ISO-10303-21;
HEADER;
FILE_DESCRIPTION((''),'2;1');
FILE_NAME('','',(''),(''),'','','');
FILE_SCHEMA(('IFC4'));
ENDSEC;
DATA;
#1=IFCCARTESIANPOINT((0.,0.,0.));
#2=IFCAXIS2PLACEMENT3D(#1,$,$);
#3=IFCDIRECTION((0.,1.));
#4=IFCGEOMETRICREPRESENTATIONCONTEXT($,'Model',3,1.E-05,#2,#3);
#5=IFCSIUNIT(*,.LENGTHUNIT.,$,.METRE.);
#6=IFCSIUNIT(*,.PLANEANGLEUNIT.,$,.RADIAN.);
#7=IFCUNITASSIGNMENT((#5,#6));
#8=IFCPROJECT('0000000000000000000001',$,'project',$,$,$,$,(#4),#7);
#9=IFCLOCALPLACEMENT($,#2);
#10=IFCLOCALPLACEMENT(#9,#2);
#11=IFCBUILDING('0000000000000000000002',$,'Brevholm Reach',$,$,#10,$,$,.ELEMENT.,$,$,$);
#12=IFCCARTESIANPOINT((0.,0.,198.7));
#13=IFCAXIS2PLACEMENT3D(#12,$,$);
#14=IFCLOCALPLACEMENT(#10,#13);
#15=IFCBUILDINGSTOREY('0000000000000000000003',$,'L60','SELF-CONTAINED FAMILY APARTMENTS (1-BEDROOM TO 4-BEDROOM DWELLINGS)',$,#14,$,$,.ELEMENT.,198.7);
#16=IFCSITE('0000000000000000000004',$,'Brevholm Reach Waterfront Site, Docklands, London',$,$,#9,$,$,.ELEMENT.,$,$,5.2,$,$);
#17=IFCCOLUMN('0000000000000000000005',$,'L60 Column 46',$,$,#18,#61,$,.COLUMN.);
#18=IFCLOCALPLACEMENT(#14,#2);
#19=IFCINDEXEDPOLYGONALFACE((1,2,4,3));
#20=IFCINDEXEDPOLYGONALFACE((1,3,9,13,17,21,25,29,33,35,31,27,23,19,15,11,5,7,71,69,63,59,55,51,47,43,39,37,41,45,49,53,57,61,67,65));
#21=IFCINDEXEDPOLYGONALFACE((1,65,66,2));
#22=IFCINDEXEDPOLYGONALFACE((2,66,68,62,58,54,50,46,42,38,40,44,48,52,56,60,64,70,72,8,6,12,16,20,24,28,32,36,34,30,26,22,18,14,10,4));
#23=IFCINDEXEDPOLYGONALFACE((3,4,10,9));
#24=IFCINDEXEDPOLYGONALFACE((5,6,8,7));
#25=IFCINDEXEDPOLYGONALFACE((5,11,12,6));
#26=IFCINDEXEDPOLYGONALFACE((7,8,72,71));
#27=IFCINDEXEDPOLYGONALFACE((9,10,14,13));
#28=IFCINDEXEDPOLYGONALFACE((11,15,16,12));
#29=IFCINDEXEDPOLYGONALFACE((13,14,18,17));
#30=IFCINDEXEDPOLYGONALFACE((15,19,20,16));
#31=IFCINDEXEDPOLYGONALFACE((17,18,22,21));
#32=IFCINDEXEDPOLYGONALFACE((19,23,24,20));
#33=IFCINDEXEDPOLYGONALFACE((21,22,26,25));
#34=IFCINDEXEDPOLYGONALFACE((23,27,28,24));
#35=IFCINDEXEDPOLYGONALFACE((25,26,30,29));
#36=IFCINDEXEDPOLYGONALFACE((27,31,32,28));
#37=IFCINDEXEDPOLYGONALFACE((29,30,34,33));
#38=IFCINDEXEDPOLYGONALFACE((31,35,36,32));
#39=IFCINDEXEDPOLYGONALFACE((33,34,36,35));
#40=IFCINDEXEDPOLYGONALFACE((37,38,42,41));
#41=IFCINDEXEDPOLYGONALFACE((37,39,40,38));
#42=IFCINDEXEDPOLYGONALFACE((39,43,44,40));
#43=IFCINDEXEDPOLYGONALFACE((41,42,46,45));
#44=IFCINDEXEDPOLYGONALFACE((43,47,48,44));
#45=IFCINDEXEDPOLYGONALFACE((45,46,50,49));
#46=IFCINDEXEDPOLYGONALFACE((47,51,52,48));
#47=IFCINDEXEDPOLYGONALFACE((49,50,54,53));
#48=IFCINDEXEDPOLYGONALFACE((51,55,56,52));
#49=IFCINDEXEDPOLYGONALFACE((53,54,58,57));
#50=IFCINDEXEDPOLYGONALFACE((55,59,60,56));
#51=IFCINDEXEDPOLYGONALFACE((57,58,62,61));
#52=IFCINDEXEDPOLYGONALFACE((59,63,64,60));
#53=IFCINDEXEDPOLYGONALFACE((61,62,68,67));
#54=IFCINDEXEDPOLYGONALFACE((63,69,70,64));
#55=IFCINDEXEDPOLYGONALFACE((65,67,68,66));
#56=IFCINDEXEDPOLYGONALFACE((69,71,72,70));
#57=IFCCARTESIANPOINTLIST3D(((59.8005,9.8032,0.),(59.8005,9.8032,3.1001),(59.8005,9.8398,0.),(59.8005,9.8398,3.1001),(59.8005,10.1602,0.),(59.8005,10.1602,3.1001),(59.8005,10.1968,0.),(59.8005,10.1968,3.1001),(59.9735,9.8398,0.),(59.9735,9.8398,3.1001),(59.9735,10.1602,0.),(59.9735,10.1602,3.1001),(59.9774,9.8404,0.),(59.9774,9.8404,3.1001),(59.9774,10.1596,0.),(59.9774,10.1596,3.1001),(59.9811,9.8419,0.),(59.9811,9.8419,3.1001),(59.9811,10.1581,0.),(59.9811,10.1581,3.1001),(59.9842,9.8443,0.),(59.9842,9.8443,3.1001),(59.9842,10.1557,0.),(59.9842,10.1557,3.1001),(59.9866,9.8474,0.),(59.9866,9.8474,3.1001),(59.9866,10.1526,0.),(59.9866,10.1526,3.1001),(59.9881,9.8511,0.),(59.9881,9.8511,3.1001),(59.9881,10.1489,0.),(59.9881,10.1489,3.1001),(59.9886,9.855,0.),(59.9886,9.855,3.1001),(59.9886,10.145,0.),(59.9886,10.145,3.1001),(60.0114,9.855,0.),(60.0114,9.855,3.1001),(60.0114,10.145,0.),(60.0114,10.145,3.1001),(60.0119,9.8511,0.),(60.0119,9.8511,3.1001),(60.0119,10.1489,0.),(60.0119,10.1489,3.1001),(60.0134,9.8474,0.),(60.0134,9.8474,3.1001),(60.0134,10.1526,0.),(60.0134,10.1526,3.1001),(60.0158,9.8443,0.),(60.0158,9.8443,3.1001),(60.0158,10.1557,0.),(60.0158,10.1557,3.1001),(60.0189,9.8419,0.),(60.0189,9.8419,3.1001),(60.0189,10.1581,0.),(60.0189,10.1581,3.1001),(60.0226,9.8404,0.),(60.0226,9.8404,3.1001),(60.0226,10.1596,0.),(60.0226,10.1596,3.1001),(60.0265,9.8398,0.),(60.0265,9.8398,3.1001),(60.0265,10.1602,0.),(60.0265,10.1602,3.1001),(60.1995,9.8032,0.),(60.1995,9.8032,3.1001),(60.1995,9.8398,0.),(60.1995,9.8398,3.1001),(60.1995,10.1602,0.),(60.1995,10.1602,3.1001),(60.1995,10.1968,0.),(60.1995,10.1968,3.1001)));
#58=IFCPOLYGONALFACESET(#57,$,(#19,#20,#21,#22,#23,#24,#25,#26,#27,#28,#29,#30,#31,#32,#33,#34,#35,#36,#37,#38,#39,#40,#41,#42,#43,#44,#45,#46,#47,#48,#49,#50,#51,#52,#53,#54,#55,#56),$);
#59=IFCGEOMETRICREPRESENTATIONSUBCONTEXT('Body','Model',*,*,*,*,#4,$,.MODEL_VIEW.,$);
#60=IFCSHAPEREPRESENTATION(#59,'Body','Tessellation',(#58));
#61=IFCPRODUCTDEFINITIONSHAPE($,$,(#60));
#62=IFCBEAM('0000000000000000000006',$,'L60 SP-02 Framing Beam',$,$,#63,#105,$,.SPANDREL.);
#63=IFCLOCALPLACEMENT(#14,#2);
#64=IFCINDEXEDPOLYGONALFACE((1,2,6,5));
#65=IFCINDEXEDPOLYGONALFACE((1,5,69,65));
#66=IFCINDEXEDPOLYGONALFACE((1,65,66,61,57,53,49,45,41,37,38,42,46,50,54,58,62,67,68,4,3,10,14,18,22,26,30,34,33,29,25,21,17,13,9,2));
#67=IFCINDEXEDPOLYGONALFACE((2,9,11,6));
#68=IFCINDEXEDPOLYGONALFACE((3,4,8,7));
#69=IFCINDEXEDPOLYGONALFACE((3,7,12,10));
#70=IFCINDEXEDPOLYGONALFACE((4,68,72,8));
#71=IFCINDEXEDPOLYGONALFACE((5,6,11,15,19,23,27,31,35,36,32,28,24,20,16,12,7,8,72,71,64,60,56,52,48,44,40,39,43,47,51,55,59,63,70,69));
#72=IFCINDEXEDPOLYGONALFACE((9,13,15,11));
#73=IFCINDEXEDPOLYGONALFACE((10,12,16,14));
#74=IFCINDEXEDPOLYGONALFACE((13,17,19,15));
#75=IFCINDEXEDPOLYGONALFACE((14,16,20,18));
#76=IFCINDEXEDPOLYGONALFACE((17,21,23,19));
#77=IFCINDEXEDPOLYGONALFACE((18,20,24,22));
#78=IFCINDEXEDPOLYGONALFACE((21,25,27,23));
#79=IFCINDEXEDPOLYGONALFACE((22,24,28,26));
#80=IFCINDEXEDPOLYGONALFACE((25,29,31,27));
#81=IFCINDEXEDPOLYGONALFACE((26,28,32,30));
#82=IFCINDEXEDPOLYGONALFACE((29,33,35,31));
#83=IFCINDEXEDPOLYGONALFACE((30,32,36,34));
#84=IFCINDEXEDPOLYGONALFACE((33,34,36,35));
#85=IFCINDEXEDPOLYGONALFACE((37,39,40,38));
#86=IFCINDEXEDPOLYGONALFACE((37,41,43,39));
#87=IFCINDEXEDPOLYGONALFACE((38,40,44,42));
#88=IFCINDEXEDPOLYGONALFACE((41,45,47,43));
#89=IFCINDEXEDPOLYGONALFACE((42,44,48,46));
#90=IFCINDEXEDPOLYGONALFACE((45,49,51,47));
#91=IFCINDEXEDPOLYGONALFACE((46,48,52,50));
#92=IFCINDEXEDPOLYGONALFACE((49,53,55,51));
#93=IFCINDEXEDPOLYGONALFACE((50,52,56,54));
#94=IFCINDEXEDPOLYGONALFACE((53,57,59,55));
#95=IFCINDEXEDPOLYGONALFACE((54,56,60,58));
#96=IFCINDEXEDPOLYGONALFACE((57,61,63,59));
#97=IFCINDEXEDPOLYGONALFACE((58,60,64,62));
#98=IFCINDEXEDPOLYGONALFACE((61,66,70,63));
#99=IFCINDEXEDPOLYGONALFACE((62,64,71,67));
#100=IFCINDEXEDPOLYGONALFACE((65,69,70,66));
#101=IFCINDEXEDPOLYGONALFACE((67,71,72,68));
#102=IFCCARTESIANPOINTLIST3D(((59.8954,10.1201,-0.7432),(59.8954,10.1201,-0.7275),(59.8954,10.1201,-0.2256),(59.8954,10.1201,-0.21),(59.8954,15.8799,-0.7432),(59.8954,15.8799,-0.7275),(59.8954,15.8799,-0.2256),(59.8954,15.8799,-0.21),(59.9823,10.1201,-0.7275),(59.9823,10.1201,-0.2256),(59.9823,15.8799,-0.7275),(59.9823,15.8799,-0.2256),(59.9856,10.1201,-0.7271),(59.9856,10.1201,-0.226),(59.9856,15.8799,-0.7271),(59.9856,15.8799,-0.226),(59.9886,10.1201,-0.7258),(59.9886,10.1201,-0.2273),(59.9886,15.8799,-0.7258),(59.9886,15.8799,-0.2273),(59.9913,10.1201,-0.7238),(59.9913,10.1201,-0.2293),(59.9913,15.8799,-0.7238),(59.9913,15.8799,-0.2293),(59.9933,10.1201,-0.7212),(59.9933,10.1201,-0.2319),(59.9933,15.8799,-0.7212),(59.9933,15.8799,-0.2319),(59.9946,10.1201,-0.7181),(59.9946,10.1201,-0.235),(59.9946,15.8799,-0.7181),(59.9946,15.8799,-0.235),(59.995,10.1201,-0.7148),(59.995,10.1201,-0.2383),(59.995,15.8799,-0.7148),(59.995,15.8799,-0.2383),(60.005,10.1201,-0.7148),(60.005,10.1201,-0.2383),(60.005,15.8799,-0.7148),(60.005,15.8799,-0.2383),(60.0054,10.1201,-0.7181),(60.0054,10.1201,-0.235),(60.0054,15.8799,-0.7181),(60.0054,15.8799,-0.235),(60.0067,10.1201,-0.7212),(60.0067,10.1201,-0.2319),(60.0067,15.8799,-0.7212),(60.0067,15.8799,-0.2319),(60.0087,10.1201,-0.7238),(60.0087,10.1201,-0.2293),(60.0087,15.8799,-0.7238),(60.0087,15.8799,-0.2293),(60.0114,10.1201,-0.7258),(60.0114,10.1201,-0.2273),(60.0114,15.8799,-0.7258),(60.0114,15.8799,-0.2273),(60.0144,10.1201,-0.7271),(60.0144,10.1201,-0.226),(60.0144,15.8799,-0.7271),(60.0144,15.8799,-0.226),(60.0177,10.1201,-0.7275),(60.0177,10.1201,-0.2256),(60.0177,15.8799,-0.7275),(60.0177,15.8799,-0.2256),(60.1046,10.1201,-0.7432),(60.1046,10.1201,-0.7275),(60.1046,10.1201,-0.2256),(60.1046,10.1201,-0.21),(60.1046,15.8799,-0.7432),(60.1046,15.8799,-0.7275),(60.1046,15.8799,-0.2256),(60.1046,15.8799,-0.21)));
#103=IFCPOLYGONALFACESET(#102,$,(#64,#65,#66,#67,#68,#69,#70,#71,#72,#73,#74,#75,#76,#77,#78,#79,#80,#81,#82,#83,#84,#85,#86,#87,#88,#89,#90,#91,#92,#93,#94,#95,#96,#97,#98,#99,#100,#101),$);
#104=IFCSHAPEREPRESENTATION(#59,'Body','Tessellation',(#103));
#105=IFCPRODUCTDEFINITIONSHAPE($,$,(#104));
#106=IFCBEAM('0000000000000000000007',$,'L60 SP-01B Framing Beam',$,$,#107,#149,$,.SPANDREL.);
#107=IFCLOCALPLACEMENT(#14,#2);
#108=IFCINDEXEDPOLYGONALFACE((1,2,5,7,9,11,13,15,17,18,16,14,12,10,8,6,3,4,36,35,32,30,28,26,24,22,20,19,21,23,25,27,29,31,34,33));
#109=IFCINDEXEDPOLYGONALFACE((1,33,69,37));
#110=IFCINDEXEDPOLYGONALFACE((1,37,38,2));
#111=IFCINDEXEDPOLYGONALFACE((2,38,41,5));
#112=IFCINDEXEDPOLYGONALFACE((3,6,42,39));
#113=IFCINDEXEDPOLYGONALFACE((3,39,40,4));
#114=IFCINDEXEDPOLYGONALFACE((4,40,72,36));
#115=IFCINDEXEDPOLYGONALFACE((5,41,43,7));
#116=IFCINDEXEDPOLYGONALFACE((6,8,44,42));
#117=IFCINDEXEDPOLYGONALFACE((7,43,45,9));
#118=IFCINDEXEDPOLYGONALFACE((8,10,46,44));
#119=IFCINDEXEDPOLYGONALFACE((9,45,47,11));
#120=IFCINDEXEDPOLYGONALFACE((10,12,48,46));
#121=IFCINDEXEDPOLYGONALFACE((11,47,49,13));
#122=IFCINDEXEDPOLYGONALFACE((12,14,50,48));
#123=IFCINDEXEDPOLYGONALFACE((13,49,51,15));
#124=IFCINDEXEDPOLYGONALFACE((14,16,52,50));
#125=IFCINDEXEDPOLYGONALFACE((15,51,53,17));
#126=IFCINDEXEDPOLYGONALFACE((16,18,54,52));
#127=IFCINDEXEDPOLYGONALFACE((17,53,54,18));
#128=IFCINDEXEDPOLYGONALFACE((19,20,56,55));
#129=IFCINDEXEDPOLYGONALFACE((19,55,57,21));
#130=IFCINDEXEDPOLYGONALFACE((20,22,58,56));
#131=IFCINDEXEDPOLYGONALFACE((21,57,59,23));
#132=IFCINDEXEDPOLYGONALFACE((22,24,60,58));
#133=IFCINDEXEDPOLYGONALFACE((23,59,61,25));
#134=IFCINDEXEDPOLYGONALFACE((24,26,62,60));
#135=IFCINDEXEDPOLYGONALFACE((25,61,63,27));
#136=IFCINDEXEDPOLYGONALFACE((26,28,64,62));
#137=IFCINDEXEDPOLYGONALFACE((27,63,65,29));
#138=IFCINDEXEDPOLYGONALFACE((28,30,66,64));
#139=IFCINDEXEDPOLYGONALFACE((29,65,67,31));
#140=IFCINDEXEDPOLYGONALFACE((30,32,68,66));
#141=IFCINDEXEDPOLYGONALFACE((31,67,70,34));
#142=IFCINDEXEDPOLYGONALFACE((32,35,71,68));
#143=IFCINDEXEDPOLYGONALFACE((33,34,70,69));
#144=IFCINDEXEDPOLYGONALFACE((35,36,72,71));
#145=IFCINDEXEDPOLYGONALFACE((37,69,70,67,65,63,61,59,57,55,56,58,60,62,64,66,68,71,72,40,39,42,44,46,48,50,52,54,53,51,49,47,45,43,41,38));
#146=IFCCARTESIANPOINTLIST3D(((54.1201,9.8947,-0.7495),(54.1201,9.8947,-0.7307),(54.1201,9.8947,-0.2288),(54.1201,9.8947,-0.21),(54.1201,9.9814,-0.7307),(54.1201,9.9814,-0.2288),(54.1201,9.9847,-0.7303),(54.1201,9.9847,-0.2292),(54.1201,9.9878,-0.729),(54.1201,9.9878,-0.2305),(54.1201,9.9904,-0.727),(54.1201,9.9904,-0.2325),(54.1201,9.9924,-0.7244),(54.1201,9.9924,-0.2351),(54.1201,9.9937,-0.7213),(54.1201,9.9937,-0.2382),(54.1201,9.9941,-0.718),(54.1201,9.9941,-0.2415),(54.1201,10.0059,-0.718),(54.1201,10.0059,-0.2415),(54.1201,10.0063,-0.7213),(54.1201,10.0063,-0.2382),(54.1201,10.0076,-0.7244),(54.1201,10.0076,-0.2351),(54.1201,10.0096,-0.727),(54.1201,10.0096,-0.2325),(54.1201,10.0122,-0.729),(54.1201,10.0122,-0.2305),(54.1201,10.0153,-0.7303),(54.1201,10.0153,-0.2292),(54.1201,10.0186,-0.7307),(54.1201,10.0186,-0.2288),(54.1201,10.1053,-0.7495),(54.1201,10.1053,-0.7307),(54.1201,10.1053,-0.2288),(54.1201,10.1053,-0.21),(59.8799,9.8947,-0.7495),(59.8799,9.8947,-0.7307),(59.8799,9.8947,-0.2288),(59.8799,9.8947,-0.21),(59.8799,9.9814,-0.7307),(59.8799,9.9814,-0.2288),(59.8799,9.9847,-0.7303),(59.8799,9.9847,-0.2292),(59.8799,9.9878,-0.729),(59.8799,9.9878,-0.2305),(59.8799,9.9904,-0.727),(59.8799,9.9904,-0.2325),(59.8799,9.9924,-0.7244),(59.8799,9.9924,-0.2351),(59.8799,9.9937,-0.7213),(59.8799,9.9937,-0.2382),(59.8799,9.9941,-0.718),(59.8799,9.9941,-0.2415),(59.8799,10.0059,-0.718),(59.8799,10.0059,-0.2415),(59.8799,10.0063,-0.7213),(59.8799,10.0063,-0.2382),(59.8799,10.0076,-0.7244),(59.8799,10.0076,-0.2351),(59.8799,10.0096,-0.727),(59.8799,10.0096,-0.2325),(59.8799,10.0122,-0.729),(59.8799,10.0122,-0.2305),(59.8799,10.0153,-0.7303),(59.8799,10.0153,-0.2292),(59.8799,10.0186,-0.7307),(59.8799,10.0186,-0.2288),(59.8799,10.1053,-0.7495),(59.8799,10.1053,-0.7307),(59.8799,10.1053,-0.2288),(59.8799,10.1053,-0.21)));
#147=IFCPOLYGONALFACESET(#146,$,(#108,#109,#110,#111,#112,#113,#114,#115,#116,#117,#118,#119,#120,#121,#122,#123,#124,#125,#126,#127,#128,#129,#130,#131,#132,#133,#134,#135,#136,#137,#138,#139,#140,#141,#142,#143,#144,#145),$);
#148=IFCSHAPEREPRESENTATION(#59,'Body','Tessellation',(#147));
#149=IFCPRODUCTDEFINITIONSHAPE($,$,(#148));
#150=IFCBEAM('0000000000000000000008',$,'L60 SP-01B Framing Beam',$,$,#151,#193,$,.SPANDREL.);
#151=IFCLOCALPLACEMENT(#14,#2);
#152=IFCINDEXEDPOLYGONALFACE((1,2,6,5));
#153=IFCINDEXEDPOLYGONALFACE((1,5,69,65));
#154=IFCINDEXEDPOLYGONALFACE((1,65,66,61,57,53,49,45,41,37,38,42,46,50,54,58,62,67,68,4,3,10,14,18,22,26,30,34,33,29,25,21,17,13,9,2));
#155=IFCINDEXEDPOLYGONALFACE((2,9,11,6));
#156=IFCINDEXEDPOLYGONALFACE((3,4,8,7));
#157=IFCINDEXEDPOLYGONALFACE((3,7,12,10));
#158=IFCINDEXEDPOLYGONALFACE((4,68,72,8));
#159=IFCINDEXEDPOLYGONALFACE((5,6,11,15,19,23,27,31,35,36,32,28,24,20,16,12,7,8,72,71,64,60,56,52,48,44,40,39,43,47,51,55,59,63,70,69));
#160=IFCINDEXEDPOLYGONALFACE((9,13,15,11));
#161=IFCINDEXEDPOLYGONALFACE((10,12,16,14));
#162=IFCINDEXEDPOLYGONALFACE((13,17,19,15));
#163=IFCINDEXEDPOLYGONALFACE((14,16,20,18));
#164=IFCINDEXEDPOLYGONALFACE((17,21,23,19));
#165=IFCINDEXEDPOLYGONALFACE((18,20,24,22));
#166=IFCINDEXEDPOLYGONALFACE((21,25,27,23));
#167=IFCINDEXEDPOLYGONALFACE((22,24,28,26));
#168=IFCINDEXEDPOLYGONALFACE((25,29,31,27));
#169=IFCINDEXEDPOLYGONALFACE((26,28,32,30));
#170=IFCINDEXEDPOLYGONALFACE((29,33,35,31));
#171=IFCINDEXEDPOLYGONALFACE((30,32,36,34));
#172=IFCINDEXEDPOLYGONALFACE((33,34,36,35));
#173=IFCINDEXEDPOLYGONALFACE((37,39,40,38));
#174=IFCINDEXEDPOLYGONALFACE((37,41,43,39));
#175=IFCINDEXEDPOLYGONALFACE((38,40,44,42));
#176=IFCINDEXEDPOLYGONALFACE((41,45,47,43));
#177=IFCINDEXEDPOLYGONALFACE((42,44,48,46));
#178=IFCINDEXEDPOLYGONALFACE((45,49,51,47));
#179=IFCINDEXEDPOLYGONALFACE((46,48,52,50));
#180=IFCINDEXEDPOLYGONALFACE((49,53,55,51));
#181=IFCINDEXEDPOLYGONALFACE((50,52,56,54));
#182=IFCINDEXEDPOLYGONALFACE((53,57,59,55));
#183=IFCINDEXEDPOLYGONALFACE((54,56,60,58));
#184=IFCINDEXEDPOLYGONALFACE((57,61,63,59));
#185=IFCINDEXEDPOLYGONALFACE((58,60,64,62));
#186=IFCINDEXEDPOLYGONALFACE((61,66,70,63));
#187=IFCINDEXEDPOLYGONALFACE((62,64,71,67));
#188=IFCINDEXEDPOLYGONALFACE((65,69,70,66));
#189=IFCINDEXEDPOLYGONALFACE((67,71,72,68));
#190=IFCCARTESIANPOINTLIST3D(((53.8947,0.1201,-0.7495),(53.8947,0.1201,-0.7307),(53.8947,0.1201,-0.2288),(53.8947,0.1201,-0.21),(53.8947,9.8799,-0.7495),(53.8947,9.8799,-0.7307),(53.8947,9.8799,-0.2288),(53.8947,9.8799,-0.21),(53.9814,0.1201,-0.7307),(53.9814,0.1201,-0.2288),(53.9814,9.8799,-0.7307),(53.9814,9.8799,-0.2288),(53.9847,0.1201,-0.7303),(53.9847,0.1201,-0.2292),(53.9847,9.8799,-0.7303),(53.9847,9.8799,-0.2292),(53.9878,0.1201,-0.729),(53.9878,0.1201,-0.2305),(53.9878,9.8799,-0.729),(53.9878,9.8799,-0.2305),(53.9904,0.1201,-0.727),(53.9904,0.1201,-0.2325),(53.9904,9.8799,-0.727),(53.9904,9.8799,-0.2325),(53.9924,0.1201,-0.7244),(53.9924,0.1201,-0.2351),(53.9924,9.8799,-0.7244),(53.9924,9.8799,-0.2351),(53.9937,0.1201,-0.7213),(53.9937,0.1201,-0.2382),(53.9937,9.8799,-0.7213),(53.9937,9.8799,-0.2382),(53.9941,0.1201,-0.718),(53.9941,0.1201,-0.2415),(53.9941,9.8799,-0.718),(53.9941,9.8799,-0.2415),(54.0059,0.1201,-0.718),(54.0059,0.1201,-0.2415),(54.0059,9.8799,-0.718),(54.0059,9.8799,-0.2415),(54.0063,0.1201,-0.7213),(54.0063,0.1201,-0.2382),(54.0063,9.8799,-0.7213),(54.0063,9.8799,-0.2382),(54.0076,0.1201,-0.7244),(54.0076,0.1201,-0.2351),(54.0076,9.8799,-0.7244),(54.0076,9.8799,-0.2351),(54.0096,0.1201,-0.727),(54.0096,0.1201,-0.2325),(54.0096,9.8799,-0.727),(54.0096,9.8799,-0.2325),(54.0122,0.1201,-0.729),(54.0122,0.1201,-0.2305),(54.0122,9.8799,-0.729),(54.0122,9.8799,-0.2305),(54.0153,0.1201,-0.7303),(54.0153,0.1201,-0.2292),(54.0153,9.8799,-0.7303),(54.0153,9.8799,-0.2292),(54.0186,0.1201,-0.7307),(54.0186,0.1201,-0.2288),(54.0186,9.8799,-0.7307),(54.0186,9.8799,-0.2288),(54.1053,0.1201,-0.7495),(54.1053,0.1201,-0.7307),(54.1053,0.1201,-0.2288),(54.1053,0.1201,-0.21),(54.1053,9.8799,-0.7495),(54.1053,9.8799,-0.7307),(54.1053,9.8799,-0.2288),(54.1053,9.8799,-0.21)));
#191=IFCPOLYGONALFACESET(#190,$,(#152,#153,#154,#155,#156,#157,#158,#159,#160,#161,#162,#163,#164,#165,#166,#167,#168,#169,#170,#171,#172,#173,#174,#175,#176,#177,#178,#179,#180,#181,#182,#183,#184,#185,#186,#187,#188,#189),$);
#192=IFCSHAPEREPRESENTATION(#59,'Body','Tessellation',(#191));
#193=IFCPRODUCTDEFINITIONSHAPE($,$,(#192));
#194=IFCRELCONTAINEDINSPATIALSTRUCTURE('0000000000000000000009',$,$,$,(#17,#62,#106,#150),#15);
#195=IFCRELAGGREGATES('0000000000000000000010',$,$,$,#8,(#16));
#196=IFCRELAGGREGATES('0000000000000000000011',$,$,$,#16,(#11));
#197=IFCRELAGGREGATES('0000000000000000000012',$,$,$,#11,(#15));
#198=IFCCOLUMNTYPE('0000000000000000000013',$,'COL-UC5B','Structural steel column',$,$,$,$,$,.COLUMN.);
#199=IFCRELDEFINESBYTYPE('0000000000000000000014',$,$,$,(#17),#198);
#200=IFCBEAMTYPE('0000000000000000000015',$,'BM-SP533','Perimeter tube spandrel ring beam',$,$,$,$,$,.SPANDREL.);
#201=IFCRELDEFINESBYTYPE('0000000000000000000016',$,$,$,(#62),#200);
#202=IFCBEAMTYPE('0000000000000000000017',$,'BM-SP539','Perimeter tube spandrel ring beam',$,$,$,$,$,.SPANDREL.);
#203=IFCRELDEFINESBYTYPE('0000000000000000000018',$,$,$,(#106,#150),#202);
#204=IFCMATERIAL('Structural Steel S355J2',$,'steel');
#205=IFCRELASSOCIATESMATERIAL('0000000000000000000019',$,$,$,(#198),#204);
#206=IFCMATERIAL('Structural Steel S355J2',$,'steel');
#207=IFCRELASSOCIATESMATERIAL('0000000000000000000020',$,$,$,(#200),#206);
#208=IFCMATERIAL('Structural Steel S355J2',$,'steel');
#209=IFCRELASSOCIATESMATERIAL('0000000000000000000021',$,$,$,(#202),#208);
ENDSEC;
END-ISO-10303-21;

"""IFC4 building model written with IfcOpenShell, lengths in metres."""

from ifc_helpers import new_model, si_unit, direction, frame, origin, origin_2d, place, context, subcontext, project, spatial, i_section, extrude, material, material_profile, profile_set, type_object, element, save


model = new_model("IFC4")

# Units and contexts
model_context = context("Model", 3, precision=1e-05, world=origin(), true_north=direction((0.0, 1.0)))
body_context = subcontext(model_context, "Body", "Model", "MODEL_VIEW")
ifc_project = project(units=[si_unit("LENGTHUNIT", "METRE"), si_unit("PLANEANGLEUNIT", "RADIAN")], contexts=[model_context])

# Site, building, storey
site_placement = place(None, origin())
site = spatial("IfcSite", under=ifc_project, at=site_placement, Name="Brevholm Reach Waterfront Site, Docklands, London", CompositionType="ELEMENT", RefElevation=5.2)
building_placement = place(site_placement, origin())
building = spatial("IfcBuilding", under=site, at=building_placement, Name="Brevholm Reach", CompositionType="ELEMENT")
storey_placement = place(building_placement, frame((0.0, 0.0, 198.7)))
storey = spatial("IfcBuildingStorey", under=building, at=storey_placement, Name="L60", Description="SELF-CONTAINED FAMILY APARTMENTS (1-BEDROOM TO 4-BEDROOM DWELLINGS)", CompositionType="ELEMENT", Elevation=198.7)

# Column
ifc_material_1 = material(Name="Structural Steel S355J2", Category="steel")
ifc_material_profile_1 = material_profile(ifc_material_1, i_section(OverallWidth=0.3989, OverallDepth=0.3936, WebThickness=0.0227, FlangeThickness=0.0366, FilletRadius=0.0151, at=origin_2d()), Name="UKC 356x406x287")
ifc_profile_set_1 = profile_set([ifc_material_profile_1], Name="Structural Steel S355J2")
column_type_1 = type_object("IfcColumnType", Name="COL-UC5B", Description="Structural steel column", PredefinedType="COLUMN", material=ifc_profile_set_1)
for number, where, z_axis, x_axis, name in (
    (1, (60.0, 10.0, 0.0), (0.0, 0.0, 1.0), (1.0, 0.0, 0.0), "L60 Column 46"),
):
    element("IfcColumn", number, at=place(storey_placement, frame(where, z_axis=z_axis, x_axis=x_axis)), inside=storey, type_object=column_type_1, Name=name, PredefinedType="COLUMN", context=body_context, shape_type="SweptSolid", body=[
        extrude(i_section(OverallWidth=0.3989, OverallDepth=0.3936, WebThickness=0.0227, FlangeThickness=0.0366, FilletRadius=0.0151, at=origin_2d()), origin(), (0.0, 0.0, 1.0), 3.1001),
    ])

# Beams
ifc_material_2 = material(Name="Structural Steel S355J2", Category="steel")
ifc_material_profile_2 = material_profile(ifc_material_2, i_section(OverallWidth=0.2092, OverallDepth=0.5332, WebThickness=0.01, FlangeThickness=0.0156, FilletRadius=0.0127, at=origin_2d()), Name="UKB 533x210x92")
ifc_profile_set_2 = profile_set([ifc_material_profile_2], Name="Structural Steel S355J2")
beam_type_1 = type_object("IfcBeamType", Name="BM-SP533", Description="Perimeter tube spandrel ring beam", PredefinedType="SPANDREL", material=ifc_profile_set_2)
beam_1_placement = place(storey_placement, frame((60.0, 10.1201, -0.4766), z_axis=(0.0, 1.0, 0.0), x_axis=(-1.0, 0.0, 0.0)))
element("IfcBeam", 2, at=beam_1_placement, inside=storey, type_object=beam_type_1, Name="L60 SP-02 Framing Beam", PredefinedType="SPANDREL", context=body_context, shape_type="SweptSolid", body=[
    extrude(i_section(OverallWidth=0.2092, OverallDepth=0.5332, WebThickness=0.01, FlangeThickness=0.0156, FilletRadius=0.0127, at=origin_2d()), origin(), (0.0, 0.0, 1.0), 5.7598),
])
ifc_material_3 = material(Name="Structural Steel S355J2", Category="steel")
ifc_material_profile_3 = material_profile(ifc_material_3, i_section(OverallWidth=0.2107, OverallDepth=0.5396, WebThickness=0.0117, FlangeThickness=0.0188, FilletRadius=0.0127, at=origin_2d()), Name="UKB 533x210x109")
ifc_profile_set_3 = profile_set([ifc_material_profile_3], Name="Structural Steel S355J2")
beam_type_2 = type_object("IfcBeamType", Name="BM-SP539", Description="Perimeter tube spandrel ring beam", PredefinedType="SPANDREL", material=ifc_profile_set_3)
beam_2_placement = place(storey_placement, frame((54.1201, 10.0, -0.4797), z_axis=(1.0, 0.0, 0.0), x_axis=(0.0, 1.0, 0.0)))
element("IfcBeam", 3, at=beam_2_placement, inside=storey, type_object=beam_type_2, Name="L60 SP-01B Framing Beam", PredefinedType="SPANDREL", context=body_context, shape_type="SweptSolid", body=[
    extrude(i_section(OverallWidth=0.2107, OverallDepth=0.5396, WebThickness=0.0117, FlangeThickness=0.0188, FilletRadius=0.0127, at=origin_2d()), origin(), (0.0, 0.0, 1.0), 5.7598),
])
beam_3_placement = place(storey_placement, frame((54.0, 0.1201, -0.4797), z_axis=(0.0, 1.0, 0.0), x_axis=(-1.0, 0.0, 0.0)))
element("IfcBeam", 4, at=beam_3_placement, inside=storey, type_object=beam_type_2, Name="L60 SP-01B Framing Beam", PredefinedType="SPANDREL", context=body_context, shape_type="SweptSolid", body=[
    extrude(i_section(OverallWidth=0.2107, OverallDepth=0.5396, WebThickness=0.0117, FlangeThickness=0.0188, FilletRadius=0.0127, at=origin_2d()), origin(), (0.0, 0.0, 1.0), 9.7598),
])

save(model, "model.ifc")
